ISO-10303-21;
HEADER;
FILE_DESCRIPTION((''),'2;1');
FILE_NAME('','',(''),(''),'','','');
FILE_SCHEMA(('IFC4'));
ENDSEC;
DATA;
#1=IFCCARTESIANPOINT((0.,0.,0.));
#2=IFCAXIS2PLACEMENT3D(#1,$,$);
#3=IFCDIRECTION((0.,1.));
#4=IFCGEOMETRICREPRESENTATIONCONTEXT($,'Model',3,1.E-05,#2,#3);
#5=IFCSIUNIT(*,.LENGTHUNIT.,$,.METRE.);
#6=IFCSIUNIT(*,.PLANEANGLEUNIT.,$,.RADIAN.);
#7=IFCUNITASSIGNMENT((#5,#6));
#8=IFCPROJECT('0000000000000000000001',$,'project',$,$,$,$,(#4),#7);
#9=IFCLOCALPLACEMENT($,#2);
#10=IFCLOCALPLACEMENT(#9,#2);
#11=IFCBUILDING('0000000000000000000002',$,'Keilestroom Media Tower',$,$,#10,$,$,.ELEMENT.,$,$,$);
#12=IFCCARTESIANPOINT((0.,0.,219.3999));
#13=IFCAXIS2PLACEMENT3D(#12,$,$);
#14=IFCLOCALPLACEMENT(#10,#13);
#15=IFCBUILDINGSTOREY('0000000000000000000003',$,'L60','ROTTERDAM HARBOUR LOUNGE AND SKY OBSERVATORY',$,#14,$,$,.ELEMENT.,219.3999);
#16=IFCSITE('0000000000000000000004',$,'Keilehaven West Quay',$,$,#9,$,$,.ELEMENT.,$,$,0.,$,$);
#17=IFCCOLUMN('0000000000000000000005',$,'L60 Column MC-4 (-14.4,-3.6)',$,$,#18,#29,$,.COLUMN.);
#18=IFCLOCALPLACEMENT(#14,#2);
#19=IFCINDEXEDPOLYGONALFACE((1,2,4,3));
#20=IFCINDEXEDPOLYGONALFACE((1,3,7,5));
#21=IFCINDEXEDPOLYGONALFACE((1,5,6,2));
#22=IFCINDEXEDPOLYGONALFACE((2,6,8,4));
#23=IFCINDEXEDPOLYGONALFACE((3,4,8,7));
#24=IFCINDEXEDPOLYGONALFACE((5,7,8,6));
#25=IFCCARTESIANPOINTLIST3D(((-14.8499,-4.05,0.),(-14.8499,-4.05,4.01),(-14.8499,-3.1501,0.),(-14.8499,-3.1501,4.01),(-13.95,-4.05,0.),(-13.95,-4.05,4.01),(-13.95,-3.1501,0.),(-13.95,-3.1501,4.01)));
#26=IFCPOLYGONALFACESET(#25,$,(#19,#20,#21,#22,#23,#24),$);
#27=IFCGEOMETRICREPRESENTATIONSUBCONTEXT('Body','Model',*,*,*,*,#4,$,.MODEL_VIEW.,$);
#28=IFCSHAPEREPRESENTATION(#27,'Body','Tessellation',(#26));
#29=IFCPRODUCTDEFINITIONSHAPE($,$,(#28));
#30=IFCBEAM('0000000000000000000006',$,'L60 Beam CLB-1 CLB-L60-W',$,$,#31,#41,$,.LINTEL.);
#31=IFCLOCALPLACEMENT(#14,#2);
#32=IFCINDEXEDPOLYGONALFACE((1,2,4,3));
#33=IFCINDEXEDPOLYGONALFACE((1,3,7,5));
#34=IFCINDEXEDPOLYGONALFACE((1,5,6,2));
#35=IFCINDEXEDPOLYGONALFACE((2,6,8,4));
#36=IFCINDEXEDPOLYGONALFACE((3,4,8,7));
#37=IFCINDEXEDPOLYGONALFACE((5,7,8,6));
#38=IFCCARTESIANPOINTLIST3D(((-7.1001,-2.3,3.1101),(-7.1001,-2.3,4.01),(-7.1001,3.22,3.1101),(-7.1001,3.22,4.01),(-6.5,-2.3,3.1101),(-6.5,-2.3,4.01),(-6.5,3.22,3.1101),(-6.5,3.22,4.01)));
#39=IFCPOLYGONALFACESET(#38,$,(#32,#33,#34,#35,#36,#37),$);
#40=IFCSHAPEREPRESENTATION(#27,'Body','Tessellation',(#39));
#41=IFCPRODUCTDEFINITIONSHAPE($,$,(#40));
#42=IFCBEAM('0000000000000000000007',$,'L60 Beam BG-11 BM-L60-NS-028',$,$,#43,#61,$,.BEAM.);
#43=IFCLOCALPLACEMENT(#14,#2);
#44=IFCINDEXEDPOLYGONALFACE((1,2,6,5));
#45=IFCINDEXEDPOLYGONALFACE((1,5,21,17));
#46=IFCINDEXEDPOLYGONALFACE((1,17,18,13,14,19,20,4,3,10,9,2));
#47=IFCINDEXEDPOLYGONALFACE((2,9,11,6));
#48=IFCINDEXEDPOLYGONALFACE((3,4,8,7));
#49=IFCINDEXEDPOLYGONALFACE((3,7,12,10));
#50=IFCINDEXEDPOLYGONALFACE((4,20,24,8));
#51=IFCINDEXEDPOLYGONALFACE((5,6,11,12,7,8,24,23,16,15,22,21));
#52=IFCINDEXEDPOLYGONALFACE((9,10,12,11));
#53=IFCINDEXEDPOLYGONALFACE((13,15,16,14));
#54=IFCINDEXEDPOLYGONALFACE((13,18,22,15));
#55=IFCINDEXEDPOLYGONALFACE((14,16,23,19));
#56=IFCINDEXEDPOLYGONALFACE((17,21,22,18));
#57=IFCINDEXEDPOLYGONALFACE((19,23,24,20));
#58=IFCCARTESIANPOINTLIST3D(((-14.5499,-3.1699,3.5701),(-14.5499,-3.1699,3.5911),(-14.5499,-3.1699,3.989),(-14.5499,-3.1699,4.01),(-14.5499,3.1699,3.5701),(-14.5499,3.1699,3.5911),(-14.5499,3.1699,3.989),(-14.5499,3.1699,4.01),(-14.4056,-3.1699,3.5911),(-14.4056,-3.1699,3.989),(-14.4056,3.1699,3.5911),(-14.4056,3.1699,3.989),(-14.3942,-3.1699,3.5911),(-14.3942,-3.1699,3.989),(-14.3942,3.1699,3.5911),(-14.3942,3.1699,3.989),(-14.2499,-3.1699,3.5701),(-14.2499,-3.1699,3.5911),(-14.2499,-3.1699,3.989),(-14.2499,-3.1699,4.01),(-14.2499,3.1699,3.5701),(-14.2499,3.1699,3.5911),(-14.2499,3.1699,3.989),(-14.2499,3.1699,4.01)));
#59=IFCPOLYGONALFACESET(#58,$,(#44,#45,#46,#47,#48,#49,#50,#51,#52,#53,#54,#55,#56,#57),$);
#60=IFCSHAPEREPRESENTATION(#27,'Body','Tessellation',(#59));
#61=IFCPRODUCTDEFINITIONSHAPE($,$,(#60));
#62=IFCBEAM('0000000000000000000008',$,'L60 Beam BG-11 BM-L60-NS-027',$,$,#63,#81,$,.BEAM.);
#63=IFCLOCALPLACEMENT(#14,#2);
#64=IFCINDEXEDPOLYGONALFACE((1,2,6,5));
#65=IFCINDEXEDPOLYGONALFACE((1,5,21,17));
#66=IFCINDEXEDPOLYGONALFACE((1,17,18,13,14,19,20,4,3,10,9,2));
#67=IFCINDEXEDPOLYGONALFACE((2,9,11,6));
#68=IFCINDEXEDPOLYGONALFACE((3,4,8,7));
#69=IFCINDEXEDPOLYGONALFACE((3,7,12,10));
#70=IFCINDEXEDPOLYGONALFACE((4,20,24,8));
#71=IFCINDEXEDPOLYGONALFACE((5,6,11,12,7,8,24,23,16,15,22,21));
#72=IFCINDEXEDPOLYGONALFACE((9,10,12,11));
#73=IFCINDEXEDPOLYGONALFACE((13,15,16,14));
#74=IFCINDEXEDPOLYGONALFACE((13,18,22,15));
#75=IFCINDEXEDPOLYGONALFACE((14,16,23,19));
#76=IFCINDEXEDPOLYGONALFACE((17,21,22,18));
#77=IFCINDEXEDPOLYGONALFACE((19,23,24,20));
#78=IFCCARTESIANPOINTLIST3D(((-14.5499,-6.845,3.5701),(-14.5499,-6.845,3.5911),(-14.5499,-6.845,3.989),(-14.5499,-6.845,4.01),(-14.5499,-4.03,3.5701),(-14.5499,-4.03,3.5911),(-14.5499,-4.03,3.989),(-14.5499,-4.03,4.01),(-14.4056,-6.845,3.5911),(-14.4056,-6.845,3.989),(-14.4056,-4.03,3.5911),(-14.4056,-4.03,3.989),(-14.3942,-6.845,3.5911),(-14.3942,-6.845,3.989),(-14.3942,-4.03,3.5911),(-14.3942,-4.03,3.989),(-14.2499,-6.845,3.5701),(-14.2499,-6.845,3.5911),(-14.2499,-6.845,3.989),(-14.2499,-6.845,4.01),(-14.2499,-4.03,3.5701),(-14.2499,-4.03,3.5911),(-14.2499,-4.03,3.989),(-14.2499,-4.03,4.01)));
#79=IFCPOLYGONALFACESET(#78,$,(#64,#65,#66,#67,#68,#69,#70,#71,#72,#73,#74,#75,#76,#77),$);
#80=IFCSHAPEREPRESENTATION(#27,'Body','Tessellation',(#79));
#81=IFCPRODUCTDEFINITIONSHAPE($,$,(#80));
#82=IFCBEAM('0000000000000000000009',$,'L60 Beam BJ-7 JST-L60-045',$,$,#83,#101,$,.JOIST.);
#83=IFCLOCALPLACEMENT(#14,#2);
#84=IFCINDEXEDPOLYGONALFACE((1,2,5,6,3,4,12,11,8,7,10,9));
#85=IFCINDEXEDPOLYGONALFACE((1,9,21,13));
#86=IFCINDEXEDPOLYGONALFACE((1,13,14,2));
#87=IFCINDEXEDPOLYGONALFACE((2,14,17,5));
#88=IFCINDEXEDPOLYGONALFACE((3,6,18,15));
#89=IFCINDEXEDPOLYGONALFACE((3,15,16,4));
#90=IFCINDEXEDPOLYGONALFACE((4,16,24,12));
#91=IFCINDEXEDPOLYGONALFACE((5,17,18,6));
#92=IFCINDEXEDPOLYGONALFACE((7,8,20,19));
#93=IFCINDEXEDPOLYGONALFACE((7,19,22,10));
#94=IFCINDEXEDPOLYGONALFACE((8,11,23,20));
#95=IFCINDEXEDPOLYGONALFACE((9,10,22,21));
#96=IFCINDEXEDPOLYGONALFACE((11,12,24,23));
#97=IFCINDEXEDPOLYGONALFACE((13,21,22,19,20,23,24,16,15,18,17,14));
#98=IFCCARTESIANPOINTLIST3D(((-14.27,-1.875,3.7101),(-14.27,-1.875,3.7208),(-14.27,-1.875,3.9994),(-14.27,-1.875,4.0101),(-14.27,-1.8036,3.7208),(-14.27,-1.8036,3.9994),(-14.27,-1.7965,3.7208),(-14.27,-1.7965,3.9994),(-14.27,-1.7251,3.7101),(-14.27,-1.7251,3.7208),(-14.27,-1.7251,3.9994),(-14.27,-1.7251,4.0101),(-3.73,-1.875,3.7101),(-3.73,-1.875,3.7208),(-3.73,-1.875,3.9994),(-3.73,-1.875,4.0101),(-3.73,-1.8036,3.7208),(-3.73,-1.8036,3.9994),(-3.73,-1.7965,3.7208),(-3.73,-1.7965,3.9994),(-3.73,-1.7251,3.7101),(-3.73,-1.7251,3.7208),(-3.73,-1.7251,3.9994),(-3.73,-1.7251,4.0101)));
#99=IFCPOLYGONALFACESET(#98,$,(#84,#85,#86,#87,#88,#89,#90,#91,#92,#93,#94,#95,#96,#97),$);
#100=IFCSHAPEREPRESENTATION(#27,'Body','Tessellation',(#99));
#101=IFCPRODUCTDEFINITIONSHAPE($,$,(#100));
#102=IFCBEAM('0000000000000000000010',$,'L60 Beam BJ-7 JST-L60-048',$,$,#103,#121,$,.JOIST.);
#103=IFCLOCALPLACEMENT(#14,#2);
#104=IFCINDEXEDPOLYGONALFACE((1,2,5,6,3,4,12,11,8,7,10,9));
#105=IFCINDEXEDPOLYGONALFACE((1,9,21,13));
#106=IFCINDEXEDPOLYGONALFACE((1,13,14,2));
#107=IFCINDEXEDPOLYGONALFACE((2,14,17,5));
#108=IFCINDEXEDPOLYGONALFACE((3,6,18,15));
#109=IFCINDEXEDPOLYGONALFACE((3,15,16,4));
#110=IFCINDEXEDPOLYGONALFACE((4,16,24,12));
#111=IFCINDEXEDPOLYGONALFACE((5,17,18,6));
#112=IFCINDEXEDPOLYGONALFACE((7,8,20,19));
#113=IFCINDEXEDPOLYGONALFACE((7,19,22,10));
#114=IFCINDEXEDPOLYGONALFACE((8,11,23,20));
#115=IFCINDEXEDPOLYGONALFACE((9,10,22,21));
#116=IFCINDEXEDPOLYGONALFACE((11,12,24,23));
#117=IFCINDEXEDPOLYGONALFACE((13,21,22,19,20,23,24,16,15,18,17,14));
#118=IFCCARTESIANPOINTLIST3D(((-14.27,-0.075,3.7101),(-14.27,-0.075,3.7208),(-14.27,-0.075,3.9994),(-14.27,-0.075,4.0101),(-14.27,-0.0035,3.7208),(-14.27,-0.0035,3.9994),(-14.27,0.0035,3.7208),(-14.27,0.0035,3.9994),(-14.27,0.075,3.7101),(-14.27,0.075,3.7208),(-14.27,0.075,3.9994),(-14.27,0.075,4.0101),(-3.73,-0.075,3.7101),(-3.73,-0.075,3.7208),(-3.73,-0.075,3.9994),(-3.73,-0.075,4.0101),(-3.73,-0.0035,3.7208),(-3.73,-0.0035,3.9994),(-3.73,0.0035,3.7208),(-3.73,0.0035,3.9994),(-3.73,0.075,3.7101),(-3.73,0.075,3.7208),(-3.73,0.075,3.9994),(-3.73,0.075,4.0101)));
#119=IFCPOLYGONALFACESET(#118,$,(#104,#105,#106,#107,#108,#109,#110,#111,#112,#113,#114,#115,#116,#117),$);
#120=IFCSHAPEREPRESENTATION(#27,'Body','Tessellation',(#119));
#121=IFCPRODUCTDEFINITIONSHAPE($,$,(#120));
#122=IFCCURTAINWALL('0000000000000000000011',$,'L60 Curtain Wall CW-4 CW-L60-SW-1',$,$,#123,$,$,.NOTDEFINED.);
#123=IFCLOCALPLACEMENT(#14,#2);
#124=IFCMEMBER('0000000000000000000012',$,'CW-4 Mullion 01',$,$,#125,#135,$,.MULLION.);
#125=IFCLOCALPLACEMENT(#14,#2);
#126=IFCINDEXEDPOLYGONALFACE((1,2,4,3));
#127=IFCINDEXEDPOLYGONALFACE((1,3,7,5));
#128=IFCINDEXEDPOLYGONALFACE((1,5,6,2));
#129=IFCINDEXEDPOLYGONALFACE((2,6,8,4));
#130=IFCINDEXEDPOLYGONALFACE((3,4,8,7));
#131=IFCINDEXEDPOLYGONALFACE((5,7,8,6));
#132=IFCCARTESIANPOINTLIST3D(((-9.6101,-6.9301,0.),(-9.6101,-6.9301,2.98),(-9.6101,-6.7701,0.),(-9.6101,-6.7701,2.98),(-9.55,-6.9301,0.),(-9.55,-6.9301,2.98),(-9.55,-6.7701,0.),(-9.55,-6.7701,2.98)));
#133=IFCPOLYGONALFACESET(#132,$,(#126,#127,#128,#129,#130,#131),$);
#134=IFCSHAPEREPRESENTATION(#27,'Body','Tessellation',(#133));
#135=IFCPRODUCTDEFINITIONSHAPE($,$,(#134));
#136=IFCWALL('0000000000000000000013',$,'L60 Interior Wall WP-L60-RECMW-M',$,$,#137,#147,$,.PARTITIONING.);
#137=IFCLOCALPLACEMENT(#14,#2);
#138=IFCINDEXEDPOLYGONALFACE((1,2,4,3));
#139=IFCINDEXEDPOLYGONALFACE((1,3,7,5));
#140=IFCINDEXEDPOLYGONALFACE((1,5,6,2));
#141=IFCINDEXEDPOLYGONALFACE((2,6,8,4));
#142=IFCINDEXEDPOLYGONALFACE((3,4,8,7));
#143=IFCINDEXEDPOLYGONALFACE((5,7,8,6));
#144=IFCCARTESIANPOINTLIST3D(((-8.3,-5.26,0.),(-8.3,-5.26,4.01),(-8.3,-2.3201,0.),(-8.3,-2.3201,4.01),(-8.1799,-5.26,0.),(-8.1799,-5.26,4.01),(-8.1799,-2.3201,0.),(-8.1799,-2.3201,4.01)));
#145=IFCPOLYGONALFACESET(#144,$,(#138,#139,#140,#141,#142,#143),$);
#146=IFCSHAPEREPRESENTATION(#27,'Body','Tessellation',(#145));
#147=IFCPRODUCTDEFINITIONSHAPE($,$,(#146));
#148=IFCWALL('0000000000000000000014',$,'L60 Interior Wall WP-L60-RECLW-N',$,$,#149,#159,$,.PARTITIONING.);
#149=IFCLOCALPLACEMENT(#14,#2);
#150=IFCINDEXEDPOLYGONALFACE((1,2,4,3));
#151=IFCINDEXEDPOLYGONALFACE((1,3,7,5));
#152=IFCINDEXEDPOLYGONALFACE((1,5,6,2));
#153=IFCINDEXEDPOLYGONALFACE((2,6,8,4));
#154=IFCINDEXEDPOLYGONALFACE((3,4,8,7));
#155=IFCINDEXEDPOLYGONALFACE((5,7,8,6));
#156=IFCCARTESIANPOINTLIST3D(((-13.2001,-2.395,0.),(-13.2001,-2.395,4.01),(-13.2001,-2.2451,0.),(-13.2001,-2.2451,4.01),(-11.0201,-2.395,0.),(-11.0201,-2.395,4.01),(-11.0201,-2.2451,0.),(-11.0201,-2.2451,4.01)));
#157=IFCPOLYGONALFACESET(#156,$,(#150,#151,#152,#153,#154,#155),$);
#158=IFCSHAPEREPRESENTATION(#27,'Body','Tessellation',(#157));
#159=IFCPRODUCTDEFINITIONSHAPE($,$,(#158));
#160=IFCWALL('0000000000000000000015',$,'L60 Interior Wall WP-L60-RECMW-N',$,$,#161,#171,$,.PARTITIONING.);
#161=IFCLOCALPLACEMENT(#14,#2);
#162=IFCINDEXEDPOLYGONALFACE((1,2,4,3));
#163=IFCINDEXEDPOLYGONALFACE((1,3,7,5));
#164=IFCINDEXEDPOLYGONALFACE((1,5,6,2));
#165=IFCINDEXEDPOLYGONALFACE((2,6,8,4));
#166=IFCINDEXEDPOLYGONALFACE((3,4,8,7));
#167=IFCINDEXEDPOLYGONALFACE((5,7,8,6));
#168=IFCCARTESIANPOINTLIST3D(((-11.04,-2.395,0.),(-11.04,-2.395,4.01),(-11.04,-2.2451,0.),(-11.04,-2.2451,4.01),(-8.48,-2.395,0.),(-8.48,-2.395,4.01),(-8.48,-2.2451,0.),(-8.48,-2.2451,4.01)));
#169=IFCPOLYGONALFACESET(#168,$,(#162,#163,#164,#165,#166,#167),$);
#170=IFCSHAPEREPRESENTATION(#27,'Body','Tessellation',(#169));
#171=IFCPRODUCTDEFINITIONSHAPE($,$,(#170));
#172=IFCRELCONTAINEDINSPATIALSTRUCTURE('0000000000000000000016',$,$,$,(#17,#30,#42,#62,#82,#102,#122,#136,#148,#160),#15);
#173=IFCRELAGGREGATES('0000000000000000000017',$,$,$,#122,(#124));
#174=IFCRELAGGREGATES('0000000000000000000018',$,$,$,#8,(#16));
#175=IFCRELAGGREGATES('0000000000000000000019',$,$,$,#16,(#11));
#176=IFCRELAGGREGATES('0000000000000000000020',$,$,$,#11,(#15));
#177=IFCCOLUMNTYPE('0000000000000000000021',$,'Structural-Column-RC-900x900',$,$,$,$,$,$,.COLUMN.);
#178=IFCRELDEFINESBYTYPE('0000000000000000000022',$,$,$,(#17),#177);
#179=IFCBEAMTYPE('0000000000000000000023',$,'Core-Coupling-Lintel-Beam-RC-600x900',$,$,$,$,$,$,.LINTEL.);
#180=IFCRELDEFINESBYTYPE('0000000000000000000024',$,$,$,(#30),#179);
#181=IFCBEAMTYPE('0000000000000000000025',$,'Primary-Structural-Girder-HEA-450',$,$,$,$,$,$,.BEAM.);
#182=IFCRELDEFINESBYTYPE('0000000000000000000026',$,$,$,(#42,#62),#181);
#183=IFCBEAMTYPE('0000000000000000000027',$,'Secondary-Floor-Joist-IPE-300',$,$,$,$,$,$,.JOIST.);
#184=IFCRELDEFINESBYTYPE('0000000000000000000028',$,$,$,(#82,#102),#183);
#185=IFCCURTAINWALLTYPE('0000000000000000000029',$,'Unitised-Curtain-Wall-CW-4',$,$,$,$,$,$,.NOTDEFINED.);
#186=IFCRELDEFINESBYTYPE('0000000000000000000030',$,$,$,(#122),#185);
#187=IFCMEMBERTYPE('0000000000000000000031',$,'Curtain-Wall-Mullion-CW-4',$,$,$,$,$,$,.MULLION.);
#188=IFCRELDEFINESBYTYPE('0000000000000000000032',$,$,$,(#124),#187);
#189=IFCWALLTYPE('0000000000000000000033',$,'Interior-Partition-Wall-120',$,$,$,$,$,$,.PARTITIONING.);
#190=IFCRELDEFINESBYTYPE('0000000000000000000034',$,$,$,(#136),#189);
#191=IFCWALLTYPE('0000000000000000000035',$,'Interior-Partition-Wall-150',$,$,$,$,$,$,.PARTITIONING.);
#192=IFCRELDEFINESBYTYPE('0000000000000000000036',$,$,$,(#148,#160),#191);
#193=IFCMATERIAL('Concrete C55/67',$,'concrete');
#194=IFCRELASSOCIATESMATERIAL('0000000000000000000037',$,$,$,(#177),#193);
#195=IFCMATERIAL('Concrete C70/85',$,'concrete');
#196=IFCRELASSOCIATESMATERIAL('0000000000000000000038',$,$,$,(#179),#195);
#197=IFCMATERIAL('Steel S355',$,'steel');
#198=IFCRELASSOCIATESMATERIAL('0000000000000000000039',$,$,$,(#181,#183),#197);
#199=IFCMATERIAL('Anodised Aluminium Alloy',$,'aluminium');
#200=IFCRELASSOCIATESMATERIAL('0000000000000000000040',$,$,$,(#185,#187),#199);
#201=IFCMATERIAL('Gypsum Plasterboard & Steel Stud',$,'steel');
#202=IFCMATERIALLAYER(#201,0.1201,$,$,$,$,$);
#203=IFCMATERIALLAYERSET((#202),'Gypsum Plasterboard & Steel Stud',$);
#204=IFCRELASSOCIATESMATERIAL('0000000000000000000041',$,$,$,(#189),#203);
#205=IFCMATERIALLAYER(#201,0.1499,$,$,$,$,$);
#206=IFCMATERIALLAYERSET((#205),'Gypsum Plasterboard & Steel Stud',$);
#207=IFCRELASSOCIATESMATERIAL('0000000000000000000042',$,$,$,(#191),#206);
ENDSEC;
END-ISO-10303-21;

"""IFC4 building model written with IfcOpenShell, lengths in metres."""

from ifc_helpers import new_model, si_unit, direction, frame, frame_2d, origin, origin_2d, place, context, subcontext, project, spatial, rectangle, i_section, extrude, source, transform, mapped, material, layer, layer_set, material_profile, profile_set, type_object, element, aggregate, save


model = new_model("IFC4")

# Units and contexts
model_context = context("Model", 3, precision=1e-05, world=origin(), true_north=direction((0.0, 1.0)))
body_context = subcontext(model_context, "Body", "Model", "MODEL_VIEW")
ifc_project = project(units=[si_unit("LENGTHUNIT", "METRE"), si_unit("PLANEANGLEUNIT", "RADIAN")], contexts=[model_context])

# Site, building, storey
site_placement = place(None, origin())
site = spatial("IfcSite", under=ifc_project, at=site_placement, Name="Keilehaven West Quay", CompositionType="ELEMENT", RefElevation=0.0)
building_placement = place(site_placement, origin())
building = spatial("IfcBuilding", under=site, at=building_placement, Name="Keilestroom Media Tower", CompositionType="ELEMENT")
storey_placement = place(building_placement, frame((0.0, 0.0, 219.3999)))
storey = spatial("IfcBuildingStorey", under=building, at=storey_placement, Name="L60", Description="ROTTERDAM HARBOUR LOUNGE AND SKY OBSERVATORY", CompositionType="ELEMENT", Elevation=219.3999)

# Column
ifc_material_1 = material(Name="Concrete C55/67", Category="concrete")
ifc_material_profile_1 = material_profile(ifc_material_1, rectangle(XDim=0.8999, YDim=0.8999, at=origin_2d()), Name="RC 900x900")
ifc_profile_set_1 = profile_set([ifc_material_profile_1], Name="Concrete C55/67")
column_type = type_object("IfcColumnType", Name="Structural-Column-RC-900x900", PredefinedType="COLUMN", material=ifc_profile_set_1)
shared_shape_1 = source(origin(), body_context, "Body", "SweptSolid", [
    extrude(rectangle(XDim=0.8999, YDim=0.8999, at=origin_2d()), origin(), (0.0, 0.0, 1.0), 4.01),
])
column_placement = place(storey_placement, frame((-14.3999, -3.6001, 0.0), z_axis=(0.0, 0.0, 1.0), x_axis=(1.0, 0.0, 0.0)))
element("IfcColumn", 1, at=column_placement, inside=storey, type_object=column_type, Name="L60 Column MC-4 (-14.4,-3.6)", PredefinedType="COLUMN", context=body_context, shape_type="MappedRepresentation", body=[
    mapped(shared_shape_1, transform((0.0, 0.0, 0.0), x_axis=(1.0, 0.0, 0.0), y_axis=(0.0, 1.0, 0.0), z_axis=(0.0, 0.0, 1.0), scale=1.0)),
])

# Beams
ifc_material_2 = material(Name="Concrete C70/85", Category="concrete")
ifc_material_profile_2 = material_profile(ifc_material_2, rectangle(XDim=0.6001, YDim=0.8999, at=origin_2d()), Name="RC 600x900")
ifc_profile_set_2 = profile_set([ifc_material_profile_2], Name="Concrete C70/85")
beam_type_1 = type_object("IfcBeamType", Name="Core-Coupling-Lintel-Beam-RC-600x900", PredefinedType="LINTEL", material=ifc_profile_set_2)
shared_shape_2 = source(origin(), body_context, "Body", "SweptSolid", [
    extrude(rectangle(XDim=0.6001, YDim=0.8999, at=origin_2d()), origin(), (0.0, 0.0, 1.0), 5.52),
])
beam_1_placement = place(storey_placement, frame((-6.8, -2.3, 3.5601), z_axis=(0.0, 1.0, 0.0), x_axis=(-1.0, 0.0, 0.0)))
element("IfcBeam", 2, at=beam_1_placement, inside=storey, type_object=beam_type_1, Name="L60 Beam CLB-1 CLB-L60-W", PredefinedType="LINTEL", context=body_context, shape_type="MappedRepresentation", body=[
    mapped(shared_shape_2, transform((0.0, 0.0, 0.0), x_axis=(1.0, 0.0, 0.0), y_axis=(0.0, 1.0, 0.0), z_axis=(0.0, 0.0, 1.0), scale=1.0)),
])
ifc_material_3 = material(Name="Steel S355", Category="steel")
ifc_material_profile_3 = material_profile(ifc_material_3, i_section(OverallWidth=0.3, OverallDepth=0.4399, WebThickness=0.0115, FlangeThickness=0.021, at=origin_2d()), Name="HEA 450")
ifc_profile_set_3 = profile_set([ifc_material_profile_3], Name="Steel S355")
beam_type_2 = type_object("IfcBeamType", Name="Primary-Structural-Girder-HEA-450", PredefinedType="BEAM", material=ifc_profile_set_3)
shared_shape_3 = source(origin(), body_context, "Body", "SweptSolid", [
    extrude(i_section(OverallWidth=0.3, OverallDepth=0.4399, WebThickness=0.0115, FlangeThickness=0.021, at=origin_2d()), origin(), (0.0, 0.0, 1.0), 6.3398),
])
beam_2_placement = place(storey_placement, frame((-14.3999, -3.1699, 3.79), z_axis=(0.0, 1.0, 0.0), x_axis=(-1.0, 0.0, 0.0)))
element("IfcBeam", 3, at=beam_2_placement, inside=storey, type_object=beam_type_2, Name="L60 Beam BG-11 BM-L60-NS-028", PredefinedType="BEAM", context=body_context, shape_type="MappedRepresentation", body=[
    mapped(shared_shape_3, transform((0.0, 0.0, 0.0), x_axis=(1.0, 0.0, 0.0), y_axis=(0.0, 1.0, 0.0), z_axis=(0.0, 0.0, 1.0), scale=1.0)),
])
shared_shape_4 = source(origin(), body_context, "Body", "SweptSolid", [
    extrude(i_section(OverallWidth=0.3, OverallDepth=0.4399, WebThickness=0.0115, FlangeThickness=0.021, at=origin_2d()), origin(), (0.0, 0.0, 1.0), 2.8149),
])
beam_3_placement = place(storey_placement, frame((-14.3999, -6.845, 3.79), z_axis=(0.0, 1.0, 0.0), x_axis=(-1.0, 0.0, 0.0)))
element("IfcBeam", 4, at=beam_3_placement, inside=storey, type_object=beam_type_2, Name="L60 Beam BG-11 BM-L60-NS-027", PredefinedType="BEAM", context=body_context, shape_type="MappedRepresentation", body=[
    mapped(shared_shape_4, transform((0.0, 0.0, 0.0), x_axis=(1.0, 0.0, 0.0), y_axis=(0.0, 1.0, 0.0), z_axis=(0.0, 0.0, 1.0), scale=1.0)),
])
ifc_material_profile_4 = material_profile(ifc_material_3, i_section(OverallWidth=0.1499, OverallDepth=0.3, WebThickness=0.0071, FlangeThickness=0.0107, at=origin_2d()), Name="IPE 300")
ifc_profile_set_4 = profile_set([ifc_material_profile_4], Name="Steel S355")
beam_type_3 = type_object("IfcBeamType", Name="Secondary-Floor-Joist-IPE-300", PredefinedType="JOIST", material=ifc_profile_set_4)
shared_shape_5 = source(origin(), body_context, "Body", "SweptSolid", [
    extrude(i_section(OverallWidth=0.1499, OverallDepth=0.3, WebThickness=0.0071, FlangeThickness=0.0107, at=origin_2d()), origin(), (0.0, 0.0, 1.0), 10.54),
])
for number, where, z_axis, x_axis, name in (
    (5, (-14.27, -1.8, 3.8601), (1.0, 0.0, 0.0), (0.0, 1.0, 0.0), "L60 Beam BJ-7 JST-L60-045"),
    (6, (-14.27, 0.0, 3.8601), (1.0, 0.0, 0.0), (0.0, 1.0, 0.0), "L60 Beam BJ-7 JST-L60-048"),
):
    element("IfcBeam", number, at=place(storey_placement, frame(where, z_axis=z_axis, x_axis=x_axis)), inside=storey, type_object=beam_type_3, Name=name, PredefinedType="JOIST", context=body_context, shape_type="MappedRepresentation", body=[
        mapped(shared_shape_5, transform((0.0, 0.0, 0.0), x_axis=(1.0, 0.0, 0.0), y_axis=(0.0, 1.0, 0.0), z_axis=(0.0, 0.0, 1.0), scale=1.0)),
    ])

# Curtain wall, member
ifc_material_4 = material(Name="Anodised Aluminium Alloy", Category="aluminium")
curtain_wall_type = type_object("IfcCurtainWallType", Name="Unitised-Curtain-Wall-CW-4", PredefinedType="NOTDEFINED", material=ifc_material_4)
curtain_wall_placement = place(storey_placement, origin())
curtain_wall = element("IfcCurtainWall", 7, at=curtain_wall_placement, inside=storey, type_object=curtain_wall_type, Name="L60 Curtain Wall CW-4 CW-L60-SW-1", PredefinedType="NOTDEFINED")
ifc_material_profile_5 = material_profile(ifc_material_4, rectangle(XDim=0.0601, YDim=0.1599, at=origin_2d()), Name="ALU MULLION 60x160")
ifc_profile_set_5 = profile_set([ifc_material_profile_5], Name="Anodised Aluminium Alloy")
member_type = type_object("IfcMemberType", Name="Curtain-Wall-Mullion-CW-4", PredefinedType="MULLION", material=ifc_profile_set_5)
shared_shape_6 = source(origin(), body_context, "Body", "SweptSolid", [
    extrude(rectangle(XDim=0.0601, YDim=0.1599, at=origin_2d()), origin(), (0.0, 0.0, 1.0), 2.98),
])
member_placement = place(storey_placement, frame((-9.5801, -6.8501, 0.0), z_axis=(0.0, 0.0, 1.0), x_axis=(1.0, 0.0, 0.0)))
member = element("IfcMember", 8, at=member_placement, type_object=member_type, Name="CW-4 Mullion 01", PredefinedType="MULLION", context=body_context, shape_type="MappedRepresentation", body=[
    mapped(shared_shape_6, transform((0.0, 0.0, 0.0), x_axis=(1.0, 0.0, 0.0), y_axis=(0.0, 1.0, 0.0), z_axis=(0.0, 0.0, 1.0), scale=1.0)),
])
aggregate(curtain_wall, [member])

# Walls
ifc_material_5 = material(Name="Gypsum Plasterboard & Steel Stud", Category="steel")
ifc_layer_1 = layer(ifc_material_5, 0.1201)
ifc_layer_set_1 = layer_set([ifc_layer_1], Name="Gypsum Plasterboard & Steel Stud")
wall_type_1 = type_object("IfcWallType", Name="Interior-Partition-Wall-120", PredefinedType="PARTITIONING", material=ifc_layer_set_1)
wall_1_placement = place(storey_placement, frame((-8.24, -5.26, 0.0), z_axis=(0.0, 0.0, 1.0), x_axis=(0.0, 1.0, 0.0)))
element("IfcWall", 9, at=wall_1_placement, inside=storey, type_object=wall_type_1, Name="L60 Interior Wall WP-L60-RECMW-M", PredefinedType="PARTITIONING", context=body_context, shape_type="SweptSolid", body=[
    extrude(rectangle(XDim=2.9399, YDim=0.1201, at=frame_2d((1.47, 0.0))), origin(), (0.0, 0.0, 1.0), 4.01),
])
ifc_layer_2 = layer(ifc_material_5, 0.1499)
ifc_layer_set_2 = layer_set([ifc_layer_2], Name="Gypsum Plasterboard & Steel Stud")
wall_type_2 = type_object("IfcWallType", Name="Interior-Partition-Wall-150", PredefinedType="PARTITIONING", material=ifc_layer_set_2)
wall_2_placement = place(storey_placement, frame((-13.2, -2.3201, 0.0), z_axis=(0.0, 0.0, 1.0), x_axis=(1.0, 0.0, 0.0)))
element("IfcWall", 10, at=wall_2_placement, inside=storey, type_object=wall_type_2, Name="L60 Interior Wall WP-L60-RECLW-N", PredefinedType="PARTITIONING", context=body_context, shape_type="SweptSolid", body=[
    extrude(rectangle(XDim=2.1799, YDim=0.1499, at=frame_2d((1.0898, 0.0))), origin(), (0.0, 0.0, 1.0), 4.01),
])
wall_3_placement = place(storey_placement, frame((-11.04, -2.3201, 0.0), z_axis=(0.0, 0.0, 1.0), x_axis=(1.0, 0.0, 0.0)))
element("IfcWall", 11, at=wall_3_placement, inside=storey, type_object=wall_type_2, Name="L60 Interior Wall WP-L60-RECMW-N", PredefinedType="PARTITIONING", context=body_context, shape_type="SweptSolid", body=[
    extrude(rectangle(XDim=2.5601, YDim=0.1499, at=frame_2d((1.28, 0.0))), origin(), (0.0, 0.0, 1.0), 4.01),
])

save(model, "model.ifc")
